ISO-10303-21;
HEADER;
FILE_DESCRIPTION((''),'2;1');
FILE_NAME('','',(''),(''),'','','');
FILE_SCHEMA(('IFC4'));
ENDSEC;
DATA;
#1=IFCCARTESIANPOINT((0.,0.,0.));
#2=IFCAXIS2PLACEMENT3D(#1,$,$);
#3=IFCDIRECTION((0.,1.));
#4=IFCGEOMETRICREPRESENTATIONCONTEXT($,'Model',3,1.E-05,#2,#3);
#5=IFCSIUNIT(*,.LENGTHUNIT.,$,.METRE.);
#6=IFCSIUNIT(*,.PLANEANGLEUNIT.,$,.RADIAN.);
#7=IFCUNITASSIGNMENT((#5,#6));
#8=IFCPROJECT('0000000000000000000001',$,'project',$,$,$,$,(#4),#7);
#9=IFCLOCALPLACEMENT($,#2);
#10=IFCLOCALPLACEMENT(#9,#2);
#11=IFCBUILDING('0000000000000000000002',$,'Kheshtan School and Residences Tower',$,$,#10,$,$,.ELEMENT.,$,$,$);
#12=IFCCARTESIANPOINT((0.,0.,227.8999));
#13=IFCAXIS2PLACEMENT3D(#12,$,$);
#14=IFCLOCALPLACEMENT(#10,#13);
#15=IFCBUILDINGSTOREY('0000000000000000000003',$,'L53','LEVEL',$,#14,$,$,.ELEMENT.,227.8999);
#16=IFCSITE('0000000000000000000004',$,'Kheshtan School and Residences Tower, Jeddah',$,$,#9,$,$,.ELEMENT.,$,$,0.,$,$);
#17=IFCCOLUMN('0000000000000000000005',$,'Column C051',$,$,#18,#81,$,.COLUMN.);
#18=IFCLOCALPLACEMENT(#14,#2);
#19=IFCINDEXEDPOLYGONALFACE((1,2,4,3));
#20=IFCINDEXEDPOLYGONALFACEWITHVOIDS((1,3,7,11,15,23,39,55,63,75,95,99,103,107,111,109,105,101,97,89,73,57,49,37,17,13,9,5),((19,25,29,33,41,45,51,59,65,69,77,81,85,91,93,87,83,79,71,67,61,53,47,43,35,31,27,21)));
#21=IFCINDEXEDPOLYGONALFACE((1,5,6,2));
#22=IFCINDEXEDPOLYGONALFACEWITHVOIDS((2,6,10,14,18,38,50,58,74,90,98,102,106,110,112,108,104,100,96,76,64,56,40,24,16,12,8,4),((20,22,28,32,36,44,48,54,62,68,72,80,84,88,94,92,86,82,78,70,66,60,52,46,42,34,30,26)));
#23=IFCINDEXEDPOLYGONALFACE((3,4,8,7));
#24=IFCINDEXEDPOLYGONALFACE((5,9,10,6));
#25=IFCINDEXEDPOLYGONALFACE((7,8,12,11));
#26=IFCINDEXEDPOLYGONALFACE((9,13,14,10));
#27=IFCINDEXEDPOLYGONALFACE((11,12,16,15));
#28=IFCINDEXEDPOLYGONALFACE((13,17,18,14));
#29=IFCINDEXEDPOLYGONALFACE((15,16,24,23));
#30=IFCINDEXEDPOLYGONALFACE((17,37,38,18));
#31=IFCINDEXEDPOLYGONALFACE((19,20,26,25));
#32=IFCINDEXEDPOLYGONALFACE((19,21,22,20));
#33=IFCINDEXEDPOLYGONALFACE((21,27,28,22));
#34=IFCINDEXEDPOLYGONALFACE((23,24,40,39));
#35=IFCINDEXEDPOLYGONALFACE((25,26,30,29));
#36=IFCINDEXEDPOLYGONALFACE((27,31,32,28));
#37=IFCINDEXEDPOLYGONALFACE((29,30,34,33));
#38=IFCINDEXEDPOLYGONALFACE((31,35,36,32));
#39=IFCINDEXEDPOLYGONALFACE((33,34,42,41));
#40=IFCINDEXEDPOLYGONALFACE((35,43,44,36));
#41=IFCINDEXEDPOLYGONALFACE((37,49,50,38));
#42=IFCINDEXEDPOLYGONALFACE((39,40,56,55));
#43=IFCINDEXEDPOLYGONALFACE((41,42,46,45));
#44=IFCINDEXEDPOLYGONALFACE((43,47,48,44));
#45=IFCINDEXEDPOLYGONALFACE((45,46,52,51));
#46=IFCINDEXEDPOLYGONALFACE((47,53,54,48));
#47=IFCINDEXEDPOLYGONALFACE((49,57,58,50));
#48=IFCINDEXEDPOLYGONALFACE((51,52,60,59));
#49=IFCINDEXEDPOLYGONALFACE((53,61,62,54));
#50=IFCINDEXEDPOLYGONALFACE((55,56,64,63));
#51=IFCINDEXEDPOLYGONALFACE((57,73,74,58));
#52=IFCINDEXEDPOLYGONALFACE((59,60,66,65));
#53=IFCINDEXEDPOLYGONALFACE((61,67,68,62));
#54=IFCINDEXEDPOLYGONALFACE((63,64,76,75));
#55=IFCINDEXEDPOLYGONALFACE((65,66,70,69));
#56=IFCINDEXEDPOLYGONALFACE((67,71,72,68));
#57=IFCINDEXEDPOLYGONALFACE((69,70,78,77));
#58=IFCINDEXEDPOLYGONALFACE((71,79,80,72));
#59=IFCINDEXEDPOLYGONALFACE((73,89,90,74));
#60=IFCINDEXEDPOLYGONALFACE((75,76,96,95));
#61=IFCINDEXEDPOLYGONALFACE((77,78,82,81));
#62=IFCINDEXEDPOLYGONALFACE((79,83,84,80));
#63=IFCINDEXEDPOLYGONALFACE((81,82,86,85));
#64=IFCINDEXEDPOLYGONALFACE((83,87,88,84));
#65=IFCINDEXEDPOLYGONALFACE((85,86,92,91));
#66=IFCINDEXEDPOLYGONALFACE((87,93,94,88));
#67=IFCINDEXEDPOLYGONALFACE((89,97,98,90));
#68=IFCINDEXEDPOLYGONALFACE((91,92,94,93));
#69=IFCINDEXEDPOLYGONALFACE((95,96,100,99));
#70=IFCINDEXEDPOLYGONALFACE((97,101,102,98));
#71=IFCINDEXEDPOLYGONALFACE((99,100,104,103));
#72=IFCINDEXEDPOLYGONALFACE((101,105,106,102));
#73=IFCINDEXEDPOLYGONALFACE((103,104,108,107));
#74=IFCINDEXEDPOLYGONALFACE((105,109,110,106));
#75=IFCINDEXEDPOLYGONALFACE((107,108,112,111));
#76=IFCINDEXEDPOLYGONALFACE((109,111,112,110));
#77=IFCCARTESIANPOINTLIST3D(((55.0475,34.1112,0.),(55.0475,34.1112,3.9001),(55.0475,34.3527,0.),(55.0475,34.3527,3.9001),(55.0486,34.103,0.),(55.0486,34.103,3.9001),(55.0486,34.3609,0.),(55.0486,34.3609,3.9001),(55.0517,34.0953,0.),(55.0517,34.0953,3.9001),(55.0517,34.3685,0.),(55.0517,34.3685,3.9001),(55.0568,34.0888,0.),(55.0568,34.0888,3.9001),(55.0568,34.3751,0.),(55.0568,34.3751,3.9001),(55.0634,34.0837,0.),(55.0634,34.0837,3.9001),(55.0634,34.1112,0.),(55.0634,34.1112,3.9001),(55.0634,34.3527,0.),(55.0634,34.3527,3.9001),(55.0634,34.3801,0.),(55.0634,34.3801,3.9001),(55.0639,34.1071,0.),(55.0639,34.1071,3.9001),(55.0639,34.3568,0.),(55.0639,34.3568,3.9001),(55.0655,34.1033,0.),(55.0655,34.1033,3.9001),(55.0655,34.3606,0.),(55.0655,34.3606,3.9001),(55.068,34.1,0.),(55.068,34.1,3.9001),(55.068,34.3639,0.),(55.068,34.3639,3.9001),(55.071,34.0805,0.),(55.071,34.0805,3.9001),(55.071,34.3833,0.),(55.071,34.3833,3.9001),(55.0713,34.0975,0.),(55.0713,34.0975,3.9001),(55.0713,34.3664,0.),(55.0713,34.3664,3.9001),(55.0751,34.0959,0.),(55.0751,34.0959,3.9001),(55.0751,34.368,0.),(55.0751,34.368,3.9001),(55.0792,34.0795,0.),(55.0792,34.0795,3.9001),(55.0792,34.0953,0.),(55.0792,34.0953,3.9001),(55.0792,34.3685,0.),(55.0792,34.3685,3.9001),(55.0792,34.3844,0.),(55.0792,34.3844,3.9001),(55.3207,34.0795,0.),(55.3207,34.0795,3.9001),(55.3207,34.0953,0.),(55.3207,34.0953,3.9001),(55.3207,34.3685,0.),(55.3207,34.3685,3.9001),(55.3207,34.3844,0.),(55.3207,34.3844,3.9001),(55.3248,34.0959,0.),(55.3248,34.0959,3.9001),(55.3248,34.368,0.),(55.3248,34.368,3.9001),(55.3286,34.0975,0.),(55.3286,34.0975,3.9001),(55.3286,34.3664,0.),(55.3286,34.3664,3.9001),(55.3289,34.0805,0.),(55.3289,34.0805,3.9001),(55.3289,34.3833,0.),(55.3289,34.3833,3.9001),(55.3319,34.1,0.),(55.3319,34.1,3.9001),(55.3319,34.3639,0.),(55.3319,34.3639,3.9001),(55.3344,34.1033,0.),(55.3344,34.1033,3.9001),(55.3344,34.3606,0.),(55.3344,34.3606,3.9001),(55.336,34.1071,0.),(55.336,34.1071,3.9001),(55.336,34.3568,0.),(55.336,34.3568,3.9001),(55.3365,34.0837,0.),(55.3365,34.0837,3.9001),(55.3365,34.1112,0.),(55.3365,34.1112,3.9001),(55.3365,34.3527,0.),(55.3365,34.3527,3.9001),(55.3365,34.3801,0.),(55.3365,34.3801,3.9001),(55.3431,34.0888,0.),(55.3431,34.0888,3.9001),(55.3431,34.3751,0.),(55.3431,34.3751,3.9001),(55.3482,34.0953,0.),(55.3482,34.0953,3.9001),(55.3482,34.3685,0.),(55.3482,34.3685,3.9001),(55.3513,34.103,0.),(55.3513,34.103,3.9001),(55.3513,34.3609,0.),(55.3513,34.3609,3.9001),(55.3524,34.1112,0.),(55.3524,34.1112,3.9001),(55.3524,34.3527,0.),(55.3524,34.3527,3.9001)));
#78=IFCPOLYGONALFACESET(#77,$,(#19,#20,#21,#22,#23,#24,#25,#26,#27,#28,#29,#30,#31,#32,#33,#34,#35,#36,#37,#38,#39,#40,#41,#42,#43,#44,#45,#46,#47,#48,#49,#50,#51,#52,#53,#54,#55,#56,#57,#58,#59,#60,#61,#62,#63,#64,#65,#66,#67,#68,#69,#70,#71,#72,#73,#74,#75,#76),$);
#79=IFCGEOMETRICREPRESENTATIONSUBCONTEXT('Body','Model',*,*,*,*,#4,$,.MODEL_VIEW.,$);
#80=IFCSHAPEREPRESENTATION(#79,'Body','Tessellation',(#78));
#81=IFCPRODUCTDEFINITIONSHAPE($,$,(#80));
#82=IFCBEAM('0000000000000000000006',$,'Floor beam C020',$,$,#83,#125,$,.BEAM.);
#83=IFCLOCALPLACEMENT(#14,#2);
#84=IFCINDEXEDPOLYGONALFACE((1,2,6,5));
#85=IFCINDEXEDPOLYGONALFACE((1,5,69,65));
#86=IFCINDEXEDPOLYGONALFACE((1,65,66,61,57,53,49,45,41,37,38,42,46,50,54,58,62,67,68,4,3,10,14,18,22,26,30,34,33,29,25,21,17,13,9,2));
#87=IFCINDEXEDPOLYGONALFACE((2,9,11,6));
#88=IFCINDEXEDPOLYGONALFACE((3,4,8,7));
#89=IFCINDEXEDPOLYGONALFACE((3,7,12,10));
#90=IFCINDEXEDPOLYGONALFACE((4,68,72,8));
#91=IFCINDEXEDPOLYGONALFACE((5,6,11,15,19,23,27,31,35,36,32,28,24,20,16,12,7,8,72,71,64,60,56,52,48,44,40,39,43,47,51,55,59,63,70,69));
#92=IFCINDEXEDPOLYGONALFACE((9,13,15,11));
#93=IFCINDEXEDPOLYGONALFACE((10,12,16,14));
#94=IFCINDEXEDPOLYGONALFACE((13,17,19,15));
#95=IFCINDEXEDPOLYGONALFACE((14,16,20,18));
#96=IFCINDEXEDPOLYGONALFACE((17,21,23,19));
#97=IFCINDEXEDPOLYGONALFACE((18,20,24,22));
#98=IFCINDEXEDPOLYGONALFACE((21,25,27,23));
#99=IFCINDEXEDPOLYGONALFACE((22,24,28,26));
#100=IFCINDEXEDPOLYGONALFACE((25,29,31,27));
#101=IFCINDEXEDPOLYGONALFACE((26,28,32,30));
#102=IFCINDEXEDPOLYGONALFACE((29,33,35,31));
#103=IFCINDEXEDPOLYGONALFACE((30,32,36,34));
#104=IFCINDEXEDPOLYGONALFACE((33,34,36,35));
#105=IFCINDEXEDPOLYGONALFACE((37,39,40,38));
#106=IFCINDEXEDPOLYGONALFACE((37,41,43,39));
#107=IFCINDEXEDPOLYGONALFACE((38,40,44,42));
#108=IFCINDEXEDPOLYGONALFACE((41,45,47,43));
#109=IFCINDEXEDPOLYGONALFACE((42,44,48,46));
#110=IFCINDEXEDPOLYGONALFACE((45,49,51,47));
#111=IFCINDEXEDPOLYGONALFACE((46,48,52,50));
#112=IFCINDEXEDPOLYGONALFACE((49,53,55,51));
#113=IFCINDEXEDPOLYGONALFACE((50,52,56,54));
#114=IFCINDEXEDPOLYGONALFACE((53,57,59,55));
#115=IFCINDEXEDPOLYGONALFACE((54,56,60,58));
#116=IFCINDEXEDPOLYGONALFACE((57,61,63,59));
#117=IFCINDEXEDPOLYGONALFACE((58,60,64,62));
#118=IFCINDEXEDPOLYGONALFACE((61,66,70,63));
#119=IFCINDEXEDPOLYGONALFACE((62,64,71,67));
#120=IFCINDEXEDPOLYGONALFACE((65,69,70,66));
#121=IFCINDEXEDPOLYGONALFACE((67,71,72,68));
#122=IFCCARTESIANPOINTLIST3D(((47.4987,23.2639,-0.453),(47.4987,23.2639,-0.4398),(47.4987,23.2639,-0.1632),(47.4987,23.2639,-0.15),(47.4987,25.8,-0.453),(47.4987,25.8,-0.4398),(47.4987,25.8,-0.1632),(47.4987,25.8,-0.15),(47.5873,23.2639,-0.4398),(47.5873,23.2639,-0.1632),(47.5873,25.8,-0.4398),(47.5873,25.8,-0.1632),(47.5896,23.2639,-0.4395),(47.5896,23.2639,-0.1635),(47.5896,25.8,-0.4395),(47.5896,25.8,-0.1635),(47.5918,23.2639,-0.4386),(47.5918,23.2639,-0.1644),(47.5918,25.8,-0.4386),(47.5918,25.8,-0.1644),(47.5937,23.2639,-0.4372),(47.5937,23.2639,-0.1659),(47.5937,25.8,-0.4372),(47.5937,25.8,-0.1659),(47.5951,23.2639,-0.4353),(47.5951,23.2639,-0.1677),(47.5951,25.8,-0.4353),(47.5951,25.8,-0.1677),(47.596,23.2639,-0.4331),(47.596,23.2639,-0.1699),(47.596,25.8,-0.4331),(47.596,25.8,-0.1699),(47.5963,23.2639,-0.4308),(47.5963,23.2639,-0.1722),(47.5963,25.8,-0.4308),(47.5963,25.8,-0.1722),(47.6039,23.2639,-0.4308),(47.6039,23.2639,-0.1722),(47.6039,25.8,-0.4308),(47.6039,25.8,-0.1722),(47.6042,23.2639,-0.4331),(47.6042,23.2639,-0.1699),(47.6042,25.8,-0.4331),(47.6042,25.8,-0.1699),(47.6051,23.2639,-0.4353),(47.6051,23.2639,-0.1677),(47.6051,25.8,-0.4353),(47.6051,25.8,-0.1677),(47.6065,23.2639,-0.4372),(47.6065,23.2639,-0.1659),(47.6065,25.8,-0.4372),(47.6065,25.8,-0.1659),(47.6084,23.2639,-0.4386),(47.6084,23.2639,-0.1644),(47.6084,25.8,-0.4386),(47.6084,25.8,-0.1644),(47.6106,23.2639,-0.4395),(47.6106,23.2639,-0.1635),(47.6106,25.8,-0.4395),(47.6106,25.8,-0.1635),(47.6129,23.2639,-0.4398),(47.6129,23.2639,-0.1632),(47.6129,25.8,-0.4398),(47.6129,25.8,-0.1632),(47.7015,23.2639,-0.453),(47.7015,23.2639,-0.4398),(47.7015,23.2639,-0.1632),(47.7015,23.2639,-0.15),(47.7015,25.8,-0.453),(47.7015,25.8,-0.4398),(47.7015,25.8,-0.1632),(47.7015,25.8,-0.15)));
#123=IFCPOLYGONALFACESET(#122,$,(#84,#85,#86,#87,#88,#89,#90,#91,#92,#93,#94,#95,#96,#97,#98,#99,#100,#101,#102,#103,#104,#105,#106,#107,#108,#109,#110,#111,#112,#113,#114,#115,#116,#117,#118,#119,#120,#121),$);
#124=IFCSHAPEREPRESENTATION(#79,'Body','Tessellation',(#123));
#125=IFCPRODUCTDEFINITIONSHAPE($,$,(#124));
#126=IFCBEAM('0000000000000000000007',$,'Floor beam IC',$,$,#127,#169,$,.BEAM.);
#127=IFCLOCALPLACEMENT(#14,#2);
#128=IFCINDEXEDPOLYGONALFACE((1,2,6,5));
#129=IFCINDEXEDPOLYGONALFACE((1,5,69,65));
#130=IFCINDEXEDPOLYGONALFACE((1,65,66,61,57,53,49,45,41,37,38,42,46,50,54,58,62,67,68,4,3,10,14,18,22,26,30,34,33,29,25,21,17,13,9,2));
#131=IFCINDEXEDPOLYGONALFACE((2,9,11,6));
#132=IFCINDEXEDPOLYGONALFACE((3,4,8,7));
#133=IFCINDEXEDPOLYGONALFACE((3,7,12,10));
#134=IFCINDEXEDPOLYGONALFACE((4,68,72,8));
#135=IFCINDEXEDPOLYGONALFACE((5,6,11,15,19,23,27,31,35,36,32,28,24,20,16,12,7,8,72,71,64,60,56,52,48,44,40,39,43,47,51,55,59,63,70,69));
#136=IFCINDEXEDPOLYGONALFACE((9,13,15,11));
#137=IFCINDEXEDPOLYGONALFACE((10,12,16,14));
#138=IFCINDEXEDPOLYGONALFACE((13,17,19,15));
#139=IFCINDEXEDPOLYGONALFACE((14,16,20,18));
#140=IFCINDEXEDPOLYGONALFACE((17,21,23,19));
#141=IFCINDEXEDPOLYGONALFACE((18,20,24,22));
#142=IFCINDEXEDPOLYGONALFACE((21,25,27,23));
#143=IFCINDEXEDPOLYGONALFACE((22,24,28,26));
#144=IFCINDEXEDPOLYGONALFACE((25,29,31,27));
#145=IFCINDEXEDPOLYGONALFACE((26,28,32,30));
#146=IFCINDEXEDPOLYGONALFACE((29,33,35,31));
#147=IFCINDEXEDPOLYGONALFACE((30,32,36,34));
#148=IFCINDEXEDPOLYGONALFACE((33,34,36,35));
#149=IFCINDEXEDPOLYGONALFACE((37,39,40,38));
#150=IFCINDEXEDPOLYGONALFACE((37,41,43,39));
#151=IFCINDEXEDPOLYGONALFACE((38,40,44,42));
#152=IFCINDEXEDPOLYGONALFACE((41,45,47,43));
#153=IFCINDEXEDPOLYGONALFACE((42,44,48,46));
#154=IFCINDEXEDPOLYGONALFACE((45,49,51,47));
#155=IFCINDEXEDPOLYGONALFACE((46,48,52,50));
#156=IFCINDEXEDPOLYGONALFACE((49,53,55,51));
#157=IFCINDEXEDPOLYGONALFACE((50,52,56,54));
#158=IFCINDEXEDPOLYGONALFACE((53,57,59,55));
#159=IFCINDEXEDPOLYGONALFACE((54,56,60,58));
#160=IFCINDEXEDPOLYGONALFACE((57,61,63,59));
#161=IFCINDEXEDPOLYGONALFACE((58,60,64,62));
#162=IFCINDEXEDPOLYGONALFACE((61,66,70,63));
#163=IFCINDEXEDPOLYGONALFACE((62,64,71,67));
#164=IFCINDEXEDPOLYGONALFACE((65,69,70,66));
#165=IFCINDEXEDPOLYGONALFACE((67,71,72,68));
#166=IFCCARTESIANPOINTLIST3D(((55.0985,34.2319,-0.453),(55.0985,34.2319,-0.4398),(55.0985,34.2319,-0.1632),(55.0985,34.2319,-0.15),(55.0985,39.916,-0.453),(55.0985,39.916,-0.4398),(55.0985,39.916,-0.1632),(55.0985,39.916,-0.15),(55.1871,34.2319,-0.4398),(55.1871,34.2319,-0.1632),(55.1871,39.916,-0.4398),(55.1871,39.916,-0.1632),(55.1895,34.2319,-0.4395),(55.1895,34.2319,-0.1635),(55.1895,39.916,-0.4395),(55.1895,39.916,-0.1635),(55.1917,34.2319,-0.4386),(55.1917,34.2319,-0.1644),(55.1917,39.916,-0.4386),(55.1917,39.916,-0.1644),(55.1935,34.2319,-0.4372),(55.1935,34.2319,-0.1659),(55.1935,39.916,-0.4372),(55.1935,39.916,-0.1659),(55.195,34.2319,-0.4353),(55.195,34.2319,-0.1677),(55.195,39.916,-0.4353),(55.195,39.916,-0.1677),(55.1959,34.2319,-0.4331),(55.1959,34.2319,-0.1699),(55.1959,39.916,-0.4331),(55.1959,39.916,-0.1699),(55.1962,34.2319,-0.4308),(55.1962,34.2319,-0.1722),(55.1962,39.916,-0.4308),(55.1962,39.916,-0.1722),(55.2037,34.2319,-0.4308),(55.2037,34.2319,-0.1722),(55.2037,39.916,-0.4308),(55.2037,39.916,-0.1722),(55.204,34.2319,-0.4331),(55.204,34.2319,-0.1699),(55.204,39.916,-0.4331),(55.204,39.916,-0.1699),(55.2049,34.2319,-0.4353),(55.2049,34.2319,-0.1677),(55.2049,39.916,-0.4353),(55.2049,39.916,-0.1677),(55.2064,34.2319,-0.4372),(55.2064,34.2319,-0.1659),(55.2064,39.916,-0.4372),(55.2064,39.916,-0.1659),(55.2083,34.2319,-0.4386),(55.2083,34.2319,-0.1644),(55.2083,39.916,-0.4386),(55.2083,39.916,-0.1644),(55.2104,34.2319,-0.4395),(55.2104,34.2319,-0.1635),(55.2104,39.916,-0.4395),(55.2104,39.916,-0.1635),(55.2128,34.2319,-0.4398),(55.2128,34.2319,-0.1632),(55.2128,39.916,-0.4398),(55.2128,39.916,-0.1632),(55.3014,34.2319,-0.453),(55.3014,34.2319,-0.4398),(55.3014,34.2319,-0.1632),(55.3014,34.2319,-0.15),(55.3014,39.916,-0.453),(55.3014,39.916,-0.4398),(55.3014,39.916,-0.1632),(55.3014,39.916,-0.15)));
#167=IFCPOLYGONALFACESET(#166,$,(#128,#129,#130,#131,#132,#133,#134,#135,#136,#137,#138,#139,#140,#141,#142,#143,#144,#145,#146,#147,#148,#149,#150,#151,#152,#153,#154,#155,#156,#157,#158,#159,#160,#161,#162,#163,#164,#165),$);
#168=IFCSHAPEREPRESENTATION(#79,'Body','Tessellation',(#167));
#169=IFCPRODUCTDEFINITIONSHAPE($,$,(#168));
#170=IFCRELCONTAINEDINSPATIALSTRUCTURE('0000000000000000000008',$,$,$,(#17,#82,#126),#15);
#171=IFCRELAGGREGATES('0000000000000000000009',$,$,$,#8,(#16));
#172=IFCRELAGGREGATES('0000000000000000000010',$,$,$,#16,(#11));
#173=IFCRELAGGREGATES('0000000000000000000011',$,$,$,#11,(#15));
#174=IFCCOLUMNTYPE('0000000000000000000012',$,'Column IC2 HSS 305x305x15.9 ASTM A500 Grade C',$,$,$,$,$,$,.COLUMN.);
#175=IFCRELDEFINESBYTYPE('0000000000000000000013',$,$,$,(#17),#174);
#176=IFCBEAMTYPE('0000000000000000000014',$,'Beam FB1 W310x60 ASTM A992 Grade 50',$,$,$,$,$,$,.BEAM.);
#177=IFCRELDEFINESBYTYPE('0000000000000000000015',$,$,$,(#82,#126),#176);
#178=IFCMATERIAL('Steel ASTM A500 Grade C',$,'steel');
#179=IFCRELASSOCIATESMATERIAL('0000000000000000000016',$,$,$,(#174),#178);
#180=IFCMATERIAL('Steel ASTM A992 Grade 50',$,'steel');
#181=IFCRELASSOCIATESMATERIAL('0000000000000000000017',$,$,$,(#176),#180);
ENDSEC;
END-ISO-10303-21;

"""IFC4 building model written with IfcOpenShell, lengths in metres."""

from ifc_helpers import new_model, si_unit, direction, frame, origin, origin_2d, place, context, subcontext, project, spatial, hollow_rectangle, i_section, extrude, material, material_profile, profile_set, type_object, element, save


model = new_model("IFC4")

# Units and contexts
model_context = context("Model", 3, precision=1e-05, world=origin(), true_north=direction((0.0, 1.0)))
body_context = subcontext(model_context, "Body", "Model", "MODEL_VIEW")
ifc_project = project(units=[si_unit("LENGTHUNIT", "METRE"), si_unit("PLANEANGLEUNIT", "RADIAN")], contexts=[model_context])

# Site, building, storey
site_placement = place(None, origin())
site = spatial("IfcSite", under=ifc_project, at=site_placement, Name="Kheshtan School and Residences Tower, Jeddah", CompositionType="ELEMENT", RefElevation=0.0)
building_placement = place(site_placement, origin())
building = spatial("IfcBuilding", under=site, at=building_placement, Name="Kheshtan School and Residences Tower", CompositionType="ELEMENT")
storey_placement = place(building_placement, frame((0.0, 0.0, 227.8999)))
storey = spatial("IfcBuildingStorey", under=building, at=storey_placement, Name="L53", Description="LEVEL", CompositionType="ELEMENT", Elevation=227.8999)

# Column
ifc_material_1 = material(Name="Steel ASTM A992 Grade 50", Category="steel")
ifc_material_2 = material(Name="Steel ASTM A500 Grade C", Category="steel")
ifc_material_profile_1 = material_profile(ifc_material_2, hollow_rectangle(XDim=0.3049, YDim=0.3049, WallThickness=0.0159, InnerFilletRadius=0.0159, OuterFilletRadius=0.0317, at=origin_2d()), Name="HSS 305x305x15.9")
ifc_profile_set_1 = profile_set([ifc_material_profile_1], Name="Steel ASTM A500 Grade C")
column_type_1 = type_object("IfcColumnType", Name="Column IC2 HSS 305x305x15.9 ASTM A500 Grade C", PredefinedType="COLUMN", material=ifc_profile_set_1)
column_placement = place(storey_placement, frame((55.2, 34.2319, 0.0), z_axis=(0.0, 0.0, 1.0), x_axis=(1.0, 0.0, 0.0)))
element("IfcColumn", 1, at=column_placement, inside=storey, type_object=column_type_1, Name="Column C051", PredefinedType="COLUMN", context=body_context, shape_type="SweptSolid", body=[
    extrude(hollow_rectangle(XDim=0.3049, YDim=0.3049, WallThickness=0.0159, InnerFilletRadius=0.0159, OuterFilletRadius=0.0317, at=origin_2d()), origin(), (0.0, 0.0, 1.0), 3.9001),
])

# Beams
ifc_material_profile_2 = material_profile(ifc_material_1, i_section(OverallWidth=0.2029, OverallDepth=0.303, WebThickness=0.0076, FlangeThickness=0.0132, FilletRadius=0.009, at=origin_2d()), Name="W310x60")
ifc_profile_set_2 = profile_set([ifc_material_profile_2], Name="Steel ASTM A992 Grade 50")
beam_type_1 = type_object("IfcBeamType", Name="Beam FB1 W310x60 ASTM A992 Grade 50", PredefinedType="BEAM", material=ifc_profile_set_2)
beam_1_placement = place(storey_placement, frame((47.6001, 23.2639, -0.3015), z_axis=(0.0, 1.0, 0.0), x_axis=(-1.0, 0.0, 0.0)))
element("IfcBeam", 2, at=beam_1_placement, inside=storey, type_object=beam_type_1, Name="Floor beam C020", PredefinedType="BEAM", context=body_context, shape_type="SweptSolid", body=[
    extrude(i_section(OverallWidth=0.2029, OverallDepth=0.303, WebThickness=0.0076, FlangeThickness=0.0132, FilletRadius=0.009, at=origin_2d()), origin(), (0.0, 0.0, 1.0), 2.5361),
])
beam_2_placement = place(storey_placement, frame((55.2, 34.2319, -0.3015), z_axis=(0.0, 1.0, 0.0), x_axis=(-1.0, 0.0, 0.0)))
element("IfcBeam", 3, at=beam_2_placement, inside=storey, type_object=beam_type_1, Name="Floor beam IC", PredefinedType="BEAM", context=body_context, shape_type="SweptSolid", body=[
    extrude(i_section(OverallWidth=0.2029, OverallDepth=0.303, WebThickness=0.0076, FlangeThickness=0.0132, FilletRadius=0.009, at=origin_2d()), origin(), (0.0, 0.0, 1.0), 5.6841),
])

save(model, "model.ifc")
